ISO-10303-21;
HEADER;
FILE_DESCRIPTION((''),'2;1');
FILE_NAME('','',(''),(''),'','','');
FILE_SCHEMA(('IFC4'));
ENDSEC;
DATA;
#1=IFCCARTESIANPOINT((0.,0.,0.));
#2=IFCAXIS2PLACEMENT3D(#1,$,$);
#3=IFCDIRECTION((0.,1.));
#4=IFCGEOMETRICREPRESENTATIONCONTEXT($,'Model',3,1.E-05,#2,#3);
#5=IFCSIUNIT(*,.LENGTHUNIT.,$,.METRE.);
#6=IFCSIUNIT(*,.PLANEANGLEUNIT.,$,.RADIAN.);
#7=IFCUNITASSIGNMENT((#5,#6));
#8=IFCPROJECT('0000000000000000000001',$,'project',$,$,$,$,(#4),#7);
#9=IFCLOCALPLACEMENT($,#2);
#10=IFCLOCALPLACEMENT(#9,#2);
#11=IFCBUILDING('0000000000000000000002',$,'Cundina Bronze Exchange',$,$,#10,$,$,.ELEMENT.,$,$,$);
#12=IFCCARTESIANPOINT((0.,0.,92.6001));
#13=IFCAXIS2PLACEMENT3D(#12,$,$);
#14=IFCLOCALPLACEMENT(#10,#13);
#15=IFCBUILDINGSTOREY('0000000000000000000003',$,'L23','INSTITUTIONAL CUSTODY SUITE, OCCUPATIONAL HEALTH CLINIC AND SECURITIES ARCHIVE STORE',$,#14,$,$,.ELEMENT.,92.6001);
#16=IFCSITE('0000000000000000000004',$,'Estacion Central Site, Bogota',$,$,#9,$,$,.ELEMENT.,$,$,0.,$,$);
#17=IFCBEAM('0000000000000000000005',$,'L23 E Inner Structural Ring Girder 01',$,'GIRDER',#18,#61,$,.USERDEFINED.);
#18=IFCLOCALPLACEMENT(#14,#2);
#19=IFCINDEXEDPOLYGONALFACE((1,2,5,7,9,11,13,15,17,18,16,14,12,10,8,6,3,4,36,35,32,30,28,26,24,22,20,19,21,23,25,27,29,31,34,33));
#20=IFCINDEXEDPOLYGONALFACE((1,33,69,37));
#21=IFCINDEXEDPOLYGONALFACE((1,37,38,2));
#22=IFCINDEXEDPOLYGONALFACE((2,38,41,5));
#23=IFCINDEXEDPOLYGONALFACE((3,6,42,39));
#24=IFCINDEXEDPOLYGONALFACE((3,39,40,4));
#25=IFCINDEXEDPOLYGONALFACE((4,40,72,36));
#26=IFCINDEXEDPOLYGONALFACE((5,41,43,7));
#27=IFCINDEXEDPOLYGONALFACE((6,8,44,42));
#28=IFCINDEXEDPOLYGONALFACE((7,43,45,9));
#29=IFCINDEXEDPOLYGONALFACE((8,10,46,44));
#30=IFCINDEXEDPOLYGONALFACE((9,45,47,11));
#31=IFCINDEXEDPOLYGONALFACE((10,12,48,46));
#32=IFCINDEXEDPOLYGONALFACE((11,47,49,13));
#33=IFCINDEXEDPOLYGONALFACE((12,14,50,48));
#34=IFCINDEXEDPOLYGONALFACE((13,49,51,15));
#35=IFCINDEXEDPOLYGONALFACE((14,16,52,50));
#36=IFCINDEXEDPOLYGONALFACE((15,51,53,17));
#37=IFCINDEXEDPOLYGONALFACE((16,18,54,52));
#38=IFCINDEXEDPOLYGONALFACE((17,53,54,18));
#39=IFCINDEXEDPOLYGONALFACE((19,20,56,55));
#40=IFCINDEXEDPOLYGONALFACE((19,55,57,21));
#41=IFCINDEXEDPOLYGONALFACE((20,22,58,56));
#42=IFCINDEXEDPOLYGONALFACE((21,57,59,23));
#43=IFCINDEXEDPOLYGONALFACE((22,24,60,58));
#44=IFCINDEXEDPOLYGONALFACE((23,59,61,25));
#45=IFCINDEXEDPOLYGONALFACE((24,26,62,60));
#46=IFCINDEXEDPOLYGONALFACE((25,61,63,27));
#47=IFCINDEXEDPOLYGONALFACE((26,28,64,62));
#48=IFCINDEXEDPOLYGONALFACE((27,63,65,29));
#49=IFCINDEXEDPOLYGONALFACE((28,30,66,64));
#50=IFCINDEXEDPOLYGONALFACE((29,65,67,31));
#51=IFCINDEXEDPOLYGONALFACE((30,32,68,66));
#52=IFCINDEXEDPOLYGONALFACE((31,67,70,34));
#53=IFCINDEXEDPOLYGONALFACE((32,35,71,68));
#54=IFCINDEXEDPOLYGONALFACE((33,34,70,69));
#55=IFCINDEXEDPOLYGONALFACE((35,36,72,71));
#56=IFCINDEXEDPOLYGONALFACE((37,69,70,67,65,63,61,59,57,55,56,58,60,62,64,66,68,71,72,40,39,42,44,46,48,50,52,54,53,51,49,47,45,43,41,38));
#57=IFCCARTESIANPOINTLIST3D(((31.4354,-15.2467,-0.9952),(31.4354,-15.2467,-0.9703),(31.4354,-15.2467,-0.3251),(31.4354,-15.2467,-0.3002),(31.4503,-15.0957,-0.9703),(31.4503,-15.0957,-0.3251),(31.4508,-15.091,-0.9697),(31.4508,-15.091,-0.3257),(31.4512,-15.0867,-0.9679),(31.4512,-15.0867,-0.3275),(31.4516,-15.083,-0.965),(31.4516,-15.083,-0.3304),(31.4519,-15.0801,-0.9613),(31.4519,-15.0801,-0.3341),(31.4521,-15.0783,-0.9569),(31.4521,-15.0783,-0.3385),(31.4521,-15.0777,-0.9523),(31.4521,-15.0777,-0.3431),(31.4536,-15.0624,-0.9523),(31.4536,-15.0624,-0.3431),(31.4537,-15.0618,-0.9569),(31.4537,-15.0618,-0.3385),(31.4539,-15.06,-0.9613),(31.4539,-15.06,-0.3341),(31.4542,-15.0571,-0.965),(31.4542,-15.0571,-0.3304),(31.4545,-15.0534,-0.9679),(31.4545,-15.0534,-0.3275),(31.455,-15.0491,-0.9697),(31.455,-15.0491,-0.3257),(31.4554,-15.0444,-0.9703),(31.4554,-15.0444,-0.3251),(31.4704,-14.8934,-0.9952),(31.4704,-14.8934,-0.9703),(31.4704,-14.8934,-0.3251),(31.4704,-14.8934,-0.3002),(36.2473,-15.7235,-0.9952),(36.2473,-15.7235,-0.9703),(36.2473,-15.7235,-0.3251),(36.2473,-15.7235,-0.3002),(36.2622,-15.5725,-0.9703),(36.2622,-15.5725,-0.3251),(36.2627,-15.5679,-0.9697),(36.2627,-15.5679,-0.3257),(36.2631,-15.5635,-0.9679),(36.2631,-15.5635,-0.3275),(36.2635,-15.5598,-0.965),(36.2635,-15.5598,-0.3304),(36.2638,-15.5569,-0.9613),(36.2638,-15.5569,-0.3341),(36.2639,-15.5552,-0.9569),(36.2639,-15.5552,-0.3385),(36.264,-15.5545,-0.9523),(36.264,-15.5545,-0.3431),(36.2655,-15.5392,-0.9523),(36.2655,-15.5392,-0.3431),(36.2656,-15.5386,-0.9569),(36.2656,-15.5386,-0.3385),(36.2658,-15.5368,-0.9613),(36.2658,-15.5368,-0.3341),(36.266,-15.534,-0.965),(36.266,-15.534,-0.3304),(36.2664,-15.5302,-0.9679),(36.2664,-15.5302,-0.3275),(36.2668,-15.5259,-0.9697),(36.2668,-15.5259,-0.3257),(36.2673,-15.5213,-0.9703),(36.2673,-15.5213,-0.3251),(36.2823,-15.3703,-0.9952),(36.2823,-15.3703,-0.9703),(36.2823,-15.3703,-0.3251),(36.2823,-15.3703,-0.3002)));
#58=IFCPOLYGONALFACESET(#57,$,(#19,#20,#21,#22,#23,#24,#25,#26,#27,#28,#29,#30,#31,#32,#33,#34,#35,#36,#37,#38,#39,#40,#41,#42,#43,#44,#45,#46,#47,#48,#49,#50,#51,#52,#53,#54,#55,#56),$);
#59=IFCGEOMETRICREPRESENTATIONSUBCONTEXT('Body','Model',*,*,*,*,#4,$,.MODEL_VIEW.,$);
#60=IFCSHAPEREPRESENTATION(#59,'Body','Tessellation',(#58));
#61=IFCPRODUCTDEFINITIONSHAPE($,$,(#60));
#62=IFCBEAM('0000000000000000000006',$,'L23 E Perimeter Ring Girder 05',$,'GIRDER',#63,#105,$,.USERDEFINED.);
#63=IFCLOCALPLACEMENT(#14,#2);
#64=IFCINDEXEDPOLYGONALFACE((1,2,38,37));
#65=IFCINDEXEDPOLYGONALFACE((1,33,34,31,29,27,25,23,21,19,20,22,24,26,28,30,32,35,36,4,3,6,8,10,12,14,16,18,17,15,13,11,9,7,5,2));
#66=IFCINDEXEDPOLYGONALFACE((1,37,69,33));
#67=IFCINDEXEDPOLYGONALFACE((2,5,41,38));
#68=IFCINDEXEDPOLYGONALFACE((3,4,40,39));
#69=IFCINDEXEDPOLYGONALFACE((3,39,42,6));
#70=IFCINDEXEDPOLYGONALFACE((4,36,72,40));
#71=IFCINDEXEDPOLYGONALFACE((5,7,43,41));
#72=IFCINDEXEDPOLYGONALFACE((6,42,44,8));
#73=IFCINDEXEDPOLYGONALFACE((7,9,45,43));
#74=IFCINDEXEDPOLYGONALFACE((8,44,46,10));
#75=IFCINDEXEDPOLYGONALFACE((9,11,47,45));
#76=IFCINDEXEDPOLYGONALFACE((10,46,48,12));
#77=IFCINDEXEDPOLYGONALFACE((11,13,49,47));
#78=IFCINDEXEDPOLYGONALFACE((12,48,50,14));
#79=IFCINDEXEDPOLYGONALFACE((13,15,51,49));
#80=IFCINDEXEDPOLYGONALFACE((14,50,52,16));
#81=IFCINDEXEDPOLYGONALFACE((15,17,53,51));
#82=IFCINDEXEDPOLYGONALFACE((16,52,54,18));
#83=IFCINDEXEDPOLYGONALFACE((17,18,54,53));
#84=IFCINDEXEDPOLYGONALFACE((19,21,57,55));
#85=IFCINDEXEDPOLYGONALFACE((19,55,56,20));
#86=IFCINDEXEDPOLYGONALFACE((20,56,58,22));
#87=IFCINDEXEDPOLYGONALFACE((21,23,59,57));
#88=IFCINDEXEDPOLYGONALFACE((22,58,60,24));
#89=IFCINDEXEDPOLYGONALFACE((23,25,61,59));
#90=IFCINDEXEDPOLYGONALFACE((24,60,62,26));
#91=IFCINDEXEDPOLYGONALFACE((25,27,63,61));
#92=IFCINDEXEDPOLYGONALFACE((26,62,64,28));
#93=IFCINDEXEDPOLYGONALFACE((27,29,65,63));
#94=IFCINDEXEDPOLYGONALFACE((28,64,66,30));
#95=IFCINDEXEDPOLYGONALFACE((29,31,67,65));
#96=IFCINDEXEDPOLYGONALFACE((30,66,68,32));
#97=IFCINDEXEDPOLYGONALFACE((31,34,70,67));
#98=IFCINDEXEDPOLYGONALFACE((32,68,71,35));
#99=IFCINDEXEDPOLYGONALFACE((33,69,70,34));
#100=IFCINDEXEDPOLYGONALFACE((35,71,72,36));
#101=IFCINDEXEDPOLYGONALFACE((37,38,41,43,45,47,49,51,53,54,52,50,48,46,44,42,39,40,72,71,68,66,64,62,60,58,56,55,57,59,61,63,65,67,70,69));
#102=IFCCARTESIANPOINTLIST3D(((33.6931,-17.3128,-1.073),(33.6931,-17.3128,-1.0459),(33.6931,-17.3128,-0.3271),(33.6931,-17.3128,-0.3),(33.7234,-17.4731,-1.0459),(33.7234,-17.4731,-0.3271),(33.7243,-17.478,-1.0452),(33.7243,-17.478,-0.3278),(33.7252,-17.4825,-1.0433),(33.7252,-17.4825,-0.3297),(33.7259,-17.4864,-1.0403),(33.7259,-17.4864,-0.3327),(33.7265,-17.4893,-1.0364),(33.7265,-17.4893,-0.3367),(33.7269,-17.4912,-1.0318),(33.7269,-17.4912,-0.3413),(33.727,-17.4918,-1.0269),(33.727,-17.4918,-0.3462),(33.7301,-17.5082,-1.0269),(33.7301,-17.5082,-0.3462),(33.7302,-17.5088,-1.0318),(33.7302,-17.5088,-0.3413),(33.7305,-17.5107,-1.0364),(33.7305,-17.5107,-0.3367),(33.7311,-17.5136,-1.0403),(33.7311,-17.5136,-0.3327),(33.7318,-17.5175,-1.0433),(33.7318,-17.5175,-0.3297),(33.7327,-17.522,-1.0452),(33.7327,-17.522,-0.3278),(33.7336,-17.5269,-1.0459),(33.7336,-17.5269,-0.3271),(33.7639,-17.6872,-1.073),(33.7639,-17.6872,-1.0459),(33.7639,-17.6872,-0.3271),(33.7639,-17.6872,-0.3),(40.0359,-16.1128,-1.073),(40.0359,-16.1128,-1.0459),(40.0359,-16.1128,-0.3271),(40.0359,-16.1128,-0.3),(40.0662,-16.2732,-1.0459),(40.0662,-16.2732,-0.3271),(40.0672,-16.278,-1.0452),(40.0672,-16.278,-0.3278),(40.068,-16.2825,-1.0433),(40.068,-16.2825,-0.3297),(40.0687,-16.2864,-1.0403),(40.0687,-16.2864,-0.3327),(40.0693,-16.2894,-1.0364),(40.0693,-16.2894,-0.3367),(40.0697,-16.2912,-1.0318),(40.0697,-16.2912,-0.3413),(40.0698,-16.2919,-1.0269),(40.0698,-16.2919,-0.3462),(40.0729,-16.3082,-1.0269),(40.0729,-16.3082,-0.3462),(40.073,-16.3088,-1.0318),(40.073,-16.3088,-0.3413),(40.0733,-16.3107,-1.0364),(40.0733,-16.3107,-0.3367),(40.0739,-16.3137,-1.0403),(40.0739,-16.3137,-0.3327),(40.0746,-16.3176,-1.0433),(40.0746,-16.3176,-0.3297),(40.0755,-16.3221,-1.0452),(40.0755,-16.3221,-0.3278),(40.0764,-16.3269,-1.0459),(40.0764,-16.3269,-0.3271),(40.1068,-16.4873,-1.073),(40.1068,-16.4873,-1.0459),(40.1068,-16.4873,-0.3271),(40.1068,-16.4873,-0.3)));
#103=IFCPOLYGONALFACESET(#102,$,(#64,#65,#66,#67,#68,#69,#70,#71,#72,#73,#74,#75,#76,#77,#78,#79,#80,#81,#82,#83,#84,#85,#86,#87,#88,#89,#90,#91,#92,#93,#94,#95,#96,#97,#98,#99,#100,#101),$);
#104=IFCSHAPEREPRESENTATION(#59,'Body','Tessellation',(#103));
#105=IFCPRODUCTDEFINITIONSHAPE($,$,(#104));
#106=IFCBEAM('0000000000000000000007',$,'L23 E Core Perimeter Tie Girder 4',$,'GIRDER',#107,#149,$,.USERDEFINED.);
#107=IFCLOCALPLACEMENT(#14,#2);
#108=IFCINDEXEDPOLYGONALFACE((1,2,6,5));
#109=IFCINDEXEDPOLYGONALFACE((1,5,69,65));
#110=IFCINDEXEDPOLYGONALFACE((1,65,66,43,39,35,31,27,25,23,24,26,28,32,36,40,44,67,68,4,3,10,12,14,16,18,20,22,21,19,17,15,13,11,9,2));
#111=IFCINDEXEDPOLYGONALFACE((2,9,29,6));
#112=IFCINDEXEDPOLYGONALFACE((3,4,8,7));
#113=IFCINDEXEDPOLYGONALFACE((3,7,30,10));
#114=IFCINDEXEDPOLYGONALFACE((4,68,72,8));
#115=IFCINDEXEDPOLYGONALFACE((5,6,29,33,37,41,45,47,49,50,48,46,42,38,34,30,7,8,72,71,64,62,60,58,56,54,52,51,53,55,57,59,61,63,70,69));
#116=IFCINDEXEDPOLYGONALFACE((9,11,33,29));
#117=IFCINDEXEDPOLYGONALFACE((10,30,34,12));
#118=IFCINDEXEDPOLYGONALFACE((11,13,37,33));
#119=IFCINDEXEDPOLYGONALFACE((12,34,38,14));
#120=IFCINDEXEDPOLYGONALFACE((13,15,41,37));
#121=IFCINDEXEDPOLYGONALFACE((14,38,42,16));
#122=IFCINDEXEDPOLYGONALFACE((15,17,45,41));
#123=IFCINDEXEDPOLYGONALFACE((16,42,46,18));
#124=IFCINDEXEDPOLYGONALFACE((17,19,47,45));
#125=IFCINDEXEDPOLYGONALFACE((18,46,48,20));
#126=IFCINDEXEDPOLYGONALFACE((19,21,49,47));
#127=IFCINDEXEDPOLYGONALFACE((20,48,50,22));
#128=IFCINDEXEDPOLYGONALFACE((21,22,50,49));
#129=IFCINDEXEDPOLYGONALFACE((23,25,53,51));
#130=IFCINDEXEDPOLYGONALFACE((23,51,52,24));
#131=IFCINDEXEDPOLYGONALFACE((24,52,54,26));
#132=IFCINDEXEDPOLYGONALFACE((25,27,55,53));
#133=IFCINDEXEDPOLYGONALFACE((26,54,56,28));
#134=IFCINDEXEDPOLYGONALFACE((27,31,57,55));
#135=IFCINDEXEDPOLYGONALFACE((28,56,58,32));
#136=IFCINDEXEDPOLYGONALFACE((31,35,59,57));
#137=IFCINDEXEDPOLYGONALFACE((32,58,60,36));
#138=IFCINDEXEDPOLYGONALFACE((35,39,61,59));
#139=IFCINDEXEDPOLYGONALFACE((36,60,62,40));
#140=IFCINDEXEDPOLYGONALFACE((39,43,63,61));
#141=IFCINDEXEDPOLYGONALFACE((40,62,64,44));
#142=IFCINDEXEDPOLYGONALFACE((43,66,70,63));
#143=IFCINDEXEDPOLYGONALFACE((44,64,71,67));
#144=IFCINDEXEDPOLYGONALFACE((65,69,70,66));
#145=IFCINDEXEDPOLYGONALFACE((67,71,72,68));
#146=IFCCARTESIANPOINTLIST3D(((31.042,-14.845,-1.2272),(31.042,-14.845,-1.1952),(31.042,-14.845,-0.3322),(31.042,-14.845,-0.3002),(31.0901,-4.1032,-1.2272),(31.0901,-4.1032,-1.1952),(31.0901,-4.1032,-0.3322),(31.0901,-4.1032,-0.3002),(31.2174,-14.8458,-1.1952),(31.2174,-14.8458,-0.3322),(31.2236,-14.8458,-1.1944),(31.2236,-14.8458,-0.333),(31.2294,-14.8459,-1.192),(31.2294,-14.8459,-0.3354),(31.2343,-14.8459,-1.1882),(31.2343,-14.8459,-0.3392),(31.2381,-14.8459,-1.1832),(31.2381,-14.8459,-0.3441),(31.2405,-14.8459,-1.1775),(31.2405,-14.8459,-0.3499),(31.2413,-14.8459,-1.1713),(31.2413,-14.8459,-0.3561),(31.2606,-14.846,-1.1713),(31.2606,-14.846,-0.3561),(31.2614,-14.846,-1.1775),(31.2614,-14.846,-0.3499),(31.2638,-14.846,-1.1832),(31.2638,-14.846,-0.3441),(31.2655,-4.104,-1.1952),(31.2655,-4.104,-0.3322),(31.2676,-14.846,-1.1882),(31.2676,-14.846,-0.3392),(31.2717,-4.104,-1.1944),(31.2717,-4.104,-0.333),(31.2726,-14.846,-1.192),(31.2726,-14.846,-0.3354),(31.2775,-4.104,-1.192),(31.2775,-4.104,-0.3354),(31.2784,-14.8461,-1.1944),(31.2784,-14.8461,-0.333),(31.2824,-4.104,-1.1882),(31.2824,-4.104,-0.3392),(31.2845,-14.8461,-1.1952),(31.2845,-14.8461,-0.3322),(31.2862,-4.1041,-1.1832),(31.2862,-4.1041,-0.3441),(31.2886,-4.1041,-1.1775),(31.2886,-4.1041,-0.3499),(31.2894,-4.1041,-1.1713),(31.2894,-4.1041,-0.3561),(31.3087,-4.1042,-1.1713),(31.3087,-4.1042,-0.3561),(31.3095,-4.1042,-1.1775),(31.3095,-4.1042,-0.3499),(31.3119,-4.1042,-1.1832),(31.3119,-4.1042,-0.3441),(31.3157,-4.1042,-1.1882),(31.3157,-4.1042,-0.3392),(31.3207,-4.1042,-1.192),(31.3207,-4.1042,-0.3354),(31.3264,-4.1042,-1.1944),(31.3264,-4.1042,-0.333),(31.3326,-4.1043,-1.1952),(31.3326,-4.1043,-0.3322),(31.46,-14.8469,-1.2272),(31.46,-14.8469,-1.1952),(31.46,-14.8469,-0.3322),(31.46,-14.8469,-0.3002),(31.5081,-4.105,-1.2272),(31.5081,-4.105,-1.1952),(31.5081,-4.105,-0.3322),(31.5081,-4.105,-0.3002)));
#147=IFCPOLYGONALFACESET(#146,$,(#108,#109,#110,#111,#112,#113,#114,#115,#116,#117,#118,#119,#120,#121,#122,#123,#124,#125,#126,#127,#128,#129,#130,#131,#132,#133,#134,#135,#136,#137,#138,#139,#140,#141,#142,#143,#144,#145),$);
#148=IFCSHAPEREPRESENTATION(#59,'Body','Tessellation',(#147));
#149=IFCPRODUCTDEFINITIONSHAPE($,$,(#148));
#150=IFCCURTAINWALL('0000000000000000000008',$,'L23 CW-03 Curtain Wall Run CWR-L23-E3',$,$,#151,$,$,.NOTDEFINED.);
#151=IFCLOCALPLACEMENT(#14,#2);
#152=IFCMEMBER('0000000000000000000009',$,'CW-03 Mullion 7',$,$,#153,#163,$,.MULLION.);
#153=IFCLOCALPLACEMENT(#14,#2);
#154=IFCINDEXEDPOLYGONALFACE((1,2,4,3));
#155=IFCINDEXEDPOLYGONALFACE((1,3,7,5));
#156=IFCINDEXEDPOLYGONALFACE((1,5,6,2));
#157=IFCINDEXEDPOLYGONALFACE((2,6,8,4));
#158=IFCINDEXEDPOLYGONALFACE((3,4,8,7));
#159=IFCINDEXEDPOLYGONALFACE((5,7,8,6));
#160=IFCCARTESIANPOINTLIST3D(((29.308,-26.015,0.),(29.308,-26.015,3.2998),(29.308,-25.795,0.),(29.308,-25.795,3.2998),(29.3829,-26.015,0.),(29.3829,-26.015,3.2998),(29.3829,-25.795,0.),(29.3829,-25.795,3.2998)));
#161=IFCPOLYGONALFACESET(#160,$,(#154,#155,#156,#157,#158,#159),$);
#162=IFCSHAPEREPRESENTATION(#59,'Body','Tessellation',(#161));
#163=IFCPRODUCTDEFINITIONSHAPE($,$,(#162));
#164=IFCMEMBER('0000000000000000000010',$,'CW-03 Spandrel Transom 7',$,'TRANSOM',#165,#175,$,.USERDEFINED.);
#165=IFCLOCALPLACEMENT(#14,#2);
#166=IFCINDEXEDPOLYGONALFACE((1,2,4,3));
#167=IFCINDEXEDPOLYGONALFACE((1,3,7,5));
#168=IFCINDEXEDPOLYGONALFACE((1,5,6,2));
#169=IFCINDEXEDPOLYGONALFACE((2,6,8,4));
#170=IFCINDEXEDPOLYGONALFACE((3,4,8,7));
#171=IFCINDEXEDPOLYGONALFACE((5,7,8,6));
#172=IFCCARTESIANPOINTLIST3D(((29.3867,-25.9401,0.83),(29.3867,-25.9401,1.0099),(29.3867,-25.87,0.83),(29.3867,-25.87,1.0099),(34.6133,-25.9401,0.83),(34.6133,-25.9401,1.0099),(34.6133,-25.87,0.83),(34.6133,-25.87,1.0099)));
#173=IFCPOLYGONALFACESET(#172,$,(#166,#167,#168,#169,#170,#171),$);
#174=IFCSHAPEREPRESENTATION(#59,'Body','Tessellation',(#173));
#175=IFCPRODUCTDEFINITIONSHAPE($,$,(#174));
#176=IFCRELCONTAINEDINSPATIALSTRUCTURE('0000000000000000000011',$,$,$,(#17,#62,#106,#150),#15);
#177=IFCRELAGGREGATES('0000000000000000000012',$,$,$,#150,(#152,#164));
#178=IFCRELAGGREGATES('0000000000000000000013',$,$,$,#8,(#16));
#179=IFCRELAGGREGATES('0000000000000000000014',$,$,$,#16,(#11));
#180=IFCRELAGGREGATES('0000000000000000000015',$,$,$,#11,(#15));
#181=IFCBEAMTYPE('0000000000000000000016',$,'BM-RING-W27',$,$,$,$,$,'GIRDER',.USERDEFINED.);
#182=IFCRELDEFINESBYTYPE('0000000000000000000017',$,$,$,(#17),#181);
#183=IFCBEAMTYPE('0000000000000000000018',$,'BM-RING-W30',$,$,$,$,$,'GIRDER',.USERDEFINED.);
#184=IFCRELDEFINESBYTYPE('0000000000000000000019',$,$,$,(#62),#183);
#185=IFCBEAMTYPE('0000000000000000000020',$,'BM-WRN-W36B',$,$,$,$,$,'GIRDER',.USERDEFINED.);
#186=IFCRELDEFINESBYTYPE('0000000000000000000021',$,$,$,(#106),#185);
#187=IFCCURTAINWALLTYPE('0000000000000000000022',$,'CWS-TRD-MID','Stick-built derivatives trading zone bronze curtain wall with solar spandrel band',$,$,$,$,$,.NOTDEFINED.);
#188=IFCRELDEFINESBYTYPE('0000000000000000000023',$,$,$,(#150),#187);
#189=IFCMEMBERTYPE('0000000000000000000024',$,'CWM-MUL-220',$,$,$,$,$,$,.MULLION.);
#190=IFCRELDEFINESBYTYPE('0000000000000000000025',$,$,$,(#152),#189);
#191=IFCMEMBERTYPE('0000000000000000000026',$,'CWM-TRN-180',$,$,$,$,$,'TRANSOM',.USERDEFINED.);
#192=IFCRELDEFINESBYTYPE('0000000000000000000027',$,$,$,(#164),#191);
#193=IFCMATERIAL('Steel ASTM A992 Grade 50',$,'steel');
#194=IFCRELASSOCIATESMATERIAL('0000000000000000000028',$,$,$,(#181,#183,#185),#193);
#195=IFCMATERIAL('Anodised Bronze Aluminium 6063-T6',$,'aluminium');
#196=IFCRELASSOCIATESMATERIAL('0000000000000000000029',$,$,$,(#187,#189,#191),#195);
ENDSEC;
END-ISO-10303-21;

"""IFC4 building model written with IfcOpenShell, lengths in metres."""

from ifc_helpers import new_model, si_unit, direction, frame, origin, origin_2d, place, context, subcontext, project, spatial, rectangle, i_section, extrude, material, material_profile, profile_set, type_object, element, aggregate, save


model = new_model("IFC4")

# Units and contexts
model_context = context("Model", 3, precision=1e-05, world=origin(), true_north=direction((0.0, 1.0)))
body_context = subcontext(model_context, "Body", "Model", "MODEL_VIEW")
ifc_project = project(units=[si_unit("LENGTHUNIT", "METRE"), si_unit("PLANEANGLEUNIT", "RADIAN")], contexts=[model_context])

# Site, building, storey
site_placement = place(None, origin())
site = spatial("IfcSite", under=ifc_project, at=site_placement, Name="Estacion Central Site, Bogota", CompositionType="ELEMENT", RefElevation=0.0)
building_placement = place(site_placement, origin())
building = spatial("IfcBuilding", under=site, at=building_placement, Name="Cundina Bronze Exchange", CompositionType="ELEMENT")
storey_placement = place(building_placement, frame((0.0, 0.0, 92.6001)))
storey = spatial("IfcBuildingStorey", under=building, at=storey_placement, Name="L23", Description="INSTITUTIONAL CUSTODY SUITE, OCCUPATIONAL HEALTH CLINIC AND SECURITIES ARCHIVE STORE", CompositionType="ELEMENT", Elevation=92.6001)

# Shared definitions
ifc_material_1 = material(Name="Steel ASTM A992 Grade 50", Category="steel")

# Beams
ifc_material_profile_1 = material_profile(ifc_material_1, i_section(OverallWidth=0.355, OverallDepth=0.6951, WebThickness=0.0154, FlangeThickness=0.0249, FilletRadius=0.0181, at=origin_2d()), Name="W27X146", Category="steel")
ifc_profile_set_1 = profile_set([ifc_material_profile_1], Name="Steel ASTM A992 Grade 50")
beam_type_1 = type_object("IfcBeamType", Name="BM-RING-W27", ElementType="GIRDER", PredefinedType="USERDEFINED", material=ifc_profile_set_1)
beam_1_placement = place(storey_placement, frame((31.4529, -15.0701, -0.6477), z_axis=(0.995126, -0.098609, 0.0), x_axis=(0.098609, 0.995126, 0.0)))
element("IfcBeam", 1, at=beam_1_placement, inside=storey, type_object=beam_type_1, Name="L23 E Inner Structural Ring Girder 01", ObjectType="GIRDER", PredefinedType="USERDEFINED", context=body_context, shape_type="SweptSolid", body=[
    extrude(i_section(OverallWidth=0.355, OverallDepth=0.6951, WebThickness=0.0154, FlangeThickness=0.0249, FilletRadius=0.0181, at=origin_2d()), origin(), (0.0, 0.0, 1.0), 4.8354),
])
ifc_material_profile_2 = material_profile(ifc_material_1, i_section(OverallWidth=0.3811, OverallDepth=0.7729, WebThickness=0.0166, FlangeThickness=0.0271, FilletRadius=0.019, at=origin_2d()), Name="W30X173", Category="steel")
ifc_profile_set_2 = profile_set([ifc_material_profile_2], Name="Steel ASTM A992 Grade 50")
beam_type_2 = type_object("IfcBeamType", Name="BM-RING-W30", ElementType="GIRDER", PredefinedType="USERDEFINED", material=ifc_profile_set_2)
beam_2_placement = place(storey_placement, frame((33.7285, -17.5, -0.6865), z_axis=(0.982571, 0.185887, 0.0), x_axis=(-0.185887, 0.982571, 0.0)))
element("IfcBeam", 2, at=beam_2_placement, inside=storey, type_object=beam_type_2, Name="L23 E Perimeter Ring Girder 05", ObjectType="GIRDER", PredefinedType="USERDEFINED", context=body_context, shape_type="SweptSolid", body=[
    extrude(i_section(OverallWidth=0.3811, OverallDepth=0.7729, WebThickness=0.0166, FlangeThickness=0.0271, FilletRadius=0.019, at=origin_2d()), origin(), (0.0, 0.0, 1.0), 6.4553),
])
ifc_material_profile_3 = material_profile(ifc_material_1, i_section(OverallWidth=0.418, OverallDepth=0.927, WebThickness=0.0193, FlangeThickness=0.032, FilletRadius=0.0239, at=origin_2d()), Name="W36X231", Category="steel")
ifc_profile_set_3 = profile_set([ifc_material_profile_3], Name="Steel ASTM A992 Grade 50")
beam_type_3 = type_object("IfcBeamType", Name="BM-WRN-W36B", ElementType="GIRDER", PredefinedType="USERDEFINED", material=ifc_profile_set_3)
beam_3_placement = place(storey_placement, frame((31.251, -14.8459, -0.7637), z_axis=(0.004477, 0.99999, 0.0), x_axis=(-0.99999, 0.004477, 0.0)))
element("IfcBeam", 3, at=beam_3_placement, inside=storey, type_object=beam_type_3, Name="L23 E Core Perimeter Tie Girder 4", ObjectType="GIRDER", PredefinedType="USERDEFINED", context=body_context, shape_type="SweptSolid", body=[
    extrude(i_section(OverallWidth=0.418, OverallDepth=0.927, WebThickness=0.0193, FlangeThickness=0.032, FilletRadius=0.0239, at=origin_2d()), origin(), (0.0, 0.0, 1.0), 10.7419),
])

# Curtain wall, members
ifc_material_2 = material(Name="Anodised Bronze Aluminium 6063-T6", Category="aluminium")
curtain_wall_type = type_object("IfcCurtainWallType", Name="CWS-TRD-MID", Description="Stick-built derivatives trading zone bronze curtain wall with solar spandrel band", PredefinedType="NOTDEFINED", material=ifc_material_2)
curtain_wall_placement = place(storey_placement, origin())
curtain_wall = element("IfcCurtainWall", 4, at=curtain_wall_placement, inside=storey, type_object=curtain_wall_type, Name="L23 CW-03 Curtain Wall Run CWR-L23-E3", PredefinedType="NOTDEFINED")
ifc_material_profile_4 = material_profile(ifc_material_2, rectangle(XDim=0.075, YDim=0.22, at=origin_2d()), Name="AL75X220", Category="aluminium")
ifc_profile_set_4 = profile_set([ifc_material_profile_4], Name="Anodised Bronze Aluminium 6063-T6")
member_type_1 = type_object("IfcMemberType", Name="CWM-MUL-220", PredefinedType="MULLION", material=ifc_profile_set_4)
member_1_placement = place(storey_placement, frame((29.3455, -25.905, 0.0), z_axis=(0.0, 0.0, 1.0), x_axis=(1.0, 0.0, 0.0)))
member_1 = element("IfcMember", 5, at=member_1_placement, type_object=member_type_1, Name="CW-03 Mullion 7", PredefinedType="MULLION", context=body_context, shape_type="SweptSolid", body=[
    extrude(rectangle(XDim=0.075, YDim=0.22, at=origin_2d()), origin(), (0.0, 0.0, 1.0), 3.2998),
])
ifc_material_profile_5 = material_profile(ifc_material_2, rectangle(XDim=0.0701, YDim=0.1799, at=origin_2d()), Name="AL70X180", Category="aluminium")
ifc_profile_set_5 = profile_set([ifc_material_profile_5], Name="Anodised Bronze Aluminium 6063-T6")
member_type_2 = type_object("IfcMemberType", Name="CWM-TRN-180", ElementType="TRANSOM", PredefinedType="USERDEFINED", material=ifc_profile_set_5)
member_2_placement = place(storey_placement, frame((29.3867, -25.905, 0.9199), z_axis=(1.0, 0.0, 0.0), x_axis=(0.0, 1.0, 0.0)))
member_2 = element("IfcMember", 6, at=member_2_placement, type_object=member_type_2, Name="CW-03 Spandrel Transom 7", ObjectType="TRANSOM", PredefinedType="USERDEFINED", context=body_context, shape_type="SweptSolid", body=[
    extrude(rectangle(XDim=0.0701, YDim=0.1799, at=origin_2d()), origin(), (0.0, 0.0, 1.0), 5.2266),
])
aggregate(curtain_wall, [member_1, member_2])

save(model, "model.ifc")
